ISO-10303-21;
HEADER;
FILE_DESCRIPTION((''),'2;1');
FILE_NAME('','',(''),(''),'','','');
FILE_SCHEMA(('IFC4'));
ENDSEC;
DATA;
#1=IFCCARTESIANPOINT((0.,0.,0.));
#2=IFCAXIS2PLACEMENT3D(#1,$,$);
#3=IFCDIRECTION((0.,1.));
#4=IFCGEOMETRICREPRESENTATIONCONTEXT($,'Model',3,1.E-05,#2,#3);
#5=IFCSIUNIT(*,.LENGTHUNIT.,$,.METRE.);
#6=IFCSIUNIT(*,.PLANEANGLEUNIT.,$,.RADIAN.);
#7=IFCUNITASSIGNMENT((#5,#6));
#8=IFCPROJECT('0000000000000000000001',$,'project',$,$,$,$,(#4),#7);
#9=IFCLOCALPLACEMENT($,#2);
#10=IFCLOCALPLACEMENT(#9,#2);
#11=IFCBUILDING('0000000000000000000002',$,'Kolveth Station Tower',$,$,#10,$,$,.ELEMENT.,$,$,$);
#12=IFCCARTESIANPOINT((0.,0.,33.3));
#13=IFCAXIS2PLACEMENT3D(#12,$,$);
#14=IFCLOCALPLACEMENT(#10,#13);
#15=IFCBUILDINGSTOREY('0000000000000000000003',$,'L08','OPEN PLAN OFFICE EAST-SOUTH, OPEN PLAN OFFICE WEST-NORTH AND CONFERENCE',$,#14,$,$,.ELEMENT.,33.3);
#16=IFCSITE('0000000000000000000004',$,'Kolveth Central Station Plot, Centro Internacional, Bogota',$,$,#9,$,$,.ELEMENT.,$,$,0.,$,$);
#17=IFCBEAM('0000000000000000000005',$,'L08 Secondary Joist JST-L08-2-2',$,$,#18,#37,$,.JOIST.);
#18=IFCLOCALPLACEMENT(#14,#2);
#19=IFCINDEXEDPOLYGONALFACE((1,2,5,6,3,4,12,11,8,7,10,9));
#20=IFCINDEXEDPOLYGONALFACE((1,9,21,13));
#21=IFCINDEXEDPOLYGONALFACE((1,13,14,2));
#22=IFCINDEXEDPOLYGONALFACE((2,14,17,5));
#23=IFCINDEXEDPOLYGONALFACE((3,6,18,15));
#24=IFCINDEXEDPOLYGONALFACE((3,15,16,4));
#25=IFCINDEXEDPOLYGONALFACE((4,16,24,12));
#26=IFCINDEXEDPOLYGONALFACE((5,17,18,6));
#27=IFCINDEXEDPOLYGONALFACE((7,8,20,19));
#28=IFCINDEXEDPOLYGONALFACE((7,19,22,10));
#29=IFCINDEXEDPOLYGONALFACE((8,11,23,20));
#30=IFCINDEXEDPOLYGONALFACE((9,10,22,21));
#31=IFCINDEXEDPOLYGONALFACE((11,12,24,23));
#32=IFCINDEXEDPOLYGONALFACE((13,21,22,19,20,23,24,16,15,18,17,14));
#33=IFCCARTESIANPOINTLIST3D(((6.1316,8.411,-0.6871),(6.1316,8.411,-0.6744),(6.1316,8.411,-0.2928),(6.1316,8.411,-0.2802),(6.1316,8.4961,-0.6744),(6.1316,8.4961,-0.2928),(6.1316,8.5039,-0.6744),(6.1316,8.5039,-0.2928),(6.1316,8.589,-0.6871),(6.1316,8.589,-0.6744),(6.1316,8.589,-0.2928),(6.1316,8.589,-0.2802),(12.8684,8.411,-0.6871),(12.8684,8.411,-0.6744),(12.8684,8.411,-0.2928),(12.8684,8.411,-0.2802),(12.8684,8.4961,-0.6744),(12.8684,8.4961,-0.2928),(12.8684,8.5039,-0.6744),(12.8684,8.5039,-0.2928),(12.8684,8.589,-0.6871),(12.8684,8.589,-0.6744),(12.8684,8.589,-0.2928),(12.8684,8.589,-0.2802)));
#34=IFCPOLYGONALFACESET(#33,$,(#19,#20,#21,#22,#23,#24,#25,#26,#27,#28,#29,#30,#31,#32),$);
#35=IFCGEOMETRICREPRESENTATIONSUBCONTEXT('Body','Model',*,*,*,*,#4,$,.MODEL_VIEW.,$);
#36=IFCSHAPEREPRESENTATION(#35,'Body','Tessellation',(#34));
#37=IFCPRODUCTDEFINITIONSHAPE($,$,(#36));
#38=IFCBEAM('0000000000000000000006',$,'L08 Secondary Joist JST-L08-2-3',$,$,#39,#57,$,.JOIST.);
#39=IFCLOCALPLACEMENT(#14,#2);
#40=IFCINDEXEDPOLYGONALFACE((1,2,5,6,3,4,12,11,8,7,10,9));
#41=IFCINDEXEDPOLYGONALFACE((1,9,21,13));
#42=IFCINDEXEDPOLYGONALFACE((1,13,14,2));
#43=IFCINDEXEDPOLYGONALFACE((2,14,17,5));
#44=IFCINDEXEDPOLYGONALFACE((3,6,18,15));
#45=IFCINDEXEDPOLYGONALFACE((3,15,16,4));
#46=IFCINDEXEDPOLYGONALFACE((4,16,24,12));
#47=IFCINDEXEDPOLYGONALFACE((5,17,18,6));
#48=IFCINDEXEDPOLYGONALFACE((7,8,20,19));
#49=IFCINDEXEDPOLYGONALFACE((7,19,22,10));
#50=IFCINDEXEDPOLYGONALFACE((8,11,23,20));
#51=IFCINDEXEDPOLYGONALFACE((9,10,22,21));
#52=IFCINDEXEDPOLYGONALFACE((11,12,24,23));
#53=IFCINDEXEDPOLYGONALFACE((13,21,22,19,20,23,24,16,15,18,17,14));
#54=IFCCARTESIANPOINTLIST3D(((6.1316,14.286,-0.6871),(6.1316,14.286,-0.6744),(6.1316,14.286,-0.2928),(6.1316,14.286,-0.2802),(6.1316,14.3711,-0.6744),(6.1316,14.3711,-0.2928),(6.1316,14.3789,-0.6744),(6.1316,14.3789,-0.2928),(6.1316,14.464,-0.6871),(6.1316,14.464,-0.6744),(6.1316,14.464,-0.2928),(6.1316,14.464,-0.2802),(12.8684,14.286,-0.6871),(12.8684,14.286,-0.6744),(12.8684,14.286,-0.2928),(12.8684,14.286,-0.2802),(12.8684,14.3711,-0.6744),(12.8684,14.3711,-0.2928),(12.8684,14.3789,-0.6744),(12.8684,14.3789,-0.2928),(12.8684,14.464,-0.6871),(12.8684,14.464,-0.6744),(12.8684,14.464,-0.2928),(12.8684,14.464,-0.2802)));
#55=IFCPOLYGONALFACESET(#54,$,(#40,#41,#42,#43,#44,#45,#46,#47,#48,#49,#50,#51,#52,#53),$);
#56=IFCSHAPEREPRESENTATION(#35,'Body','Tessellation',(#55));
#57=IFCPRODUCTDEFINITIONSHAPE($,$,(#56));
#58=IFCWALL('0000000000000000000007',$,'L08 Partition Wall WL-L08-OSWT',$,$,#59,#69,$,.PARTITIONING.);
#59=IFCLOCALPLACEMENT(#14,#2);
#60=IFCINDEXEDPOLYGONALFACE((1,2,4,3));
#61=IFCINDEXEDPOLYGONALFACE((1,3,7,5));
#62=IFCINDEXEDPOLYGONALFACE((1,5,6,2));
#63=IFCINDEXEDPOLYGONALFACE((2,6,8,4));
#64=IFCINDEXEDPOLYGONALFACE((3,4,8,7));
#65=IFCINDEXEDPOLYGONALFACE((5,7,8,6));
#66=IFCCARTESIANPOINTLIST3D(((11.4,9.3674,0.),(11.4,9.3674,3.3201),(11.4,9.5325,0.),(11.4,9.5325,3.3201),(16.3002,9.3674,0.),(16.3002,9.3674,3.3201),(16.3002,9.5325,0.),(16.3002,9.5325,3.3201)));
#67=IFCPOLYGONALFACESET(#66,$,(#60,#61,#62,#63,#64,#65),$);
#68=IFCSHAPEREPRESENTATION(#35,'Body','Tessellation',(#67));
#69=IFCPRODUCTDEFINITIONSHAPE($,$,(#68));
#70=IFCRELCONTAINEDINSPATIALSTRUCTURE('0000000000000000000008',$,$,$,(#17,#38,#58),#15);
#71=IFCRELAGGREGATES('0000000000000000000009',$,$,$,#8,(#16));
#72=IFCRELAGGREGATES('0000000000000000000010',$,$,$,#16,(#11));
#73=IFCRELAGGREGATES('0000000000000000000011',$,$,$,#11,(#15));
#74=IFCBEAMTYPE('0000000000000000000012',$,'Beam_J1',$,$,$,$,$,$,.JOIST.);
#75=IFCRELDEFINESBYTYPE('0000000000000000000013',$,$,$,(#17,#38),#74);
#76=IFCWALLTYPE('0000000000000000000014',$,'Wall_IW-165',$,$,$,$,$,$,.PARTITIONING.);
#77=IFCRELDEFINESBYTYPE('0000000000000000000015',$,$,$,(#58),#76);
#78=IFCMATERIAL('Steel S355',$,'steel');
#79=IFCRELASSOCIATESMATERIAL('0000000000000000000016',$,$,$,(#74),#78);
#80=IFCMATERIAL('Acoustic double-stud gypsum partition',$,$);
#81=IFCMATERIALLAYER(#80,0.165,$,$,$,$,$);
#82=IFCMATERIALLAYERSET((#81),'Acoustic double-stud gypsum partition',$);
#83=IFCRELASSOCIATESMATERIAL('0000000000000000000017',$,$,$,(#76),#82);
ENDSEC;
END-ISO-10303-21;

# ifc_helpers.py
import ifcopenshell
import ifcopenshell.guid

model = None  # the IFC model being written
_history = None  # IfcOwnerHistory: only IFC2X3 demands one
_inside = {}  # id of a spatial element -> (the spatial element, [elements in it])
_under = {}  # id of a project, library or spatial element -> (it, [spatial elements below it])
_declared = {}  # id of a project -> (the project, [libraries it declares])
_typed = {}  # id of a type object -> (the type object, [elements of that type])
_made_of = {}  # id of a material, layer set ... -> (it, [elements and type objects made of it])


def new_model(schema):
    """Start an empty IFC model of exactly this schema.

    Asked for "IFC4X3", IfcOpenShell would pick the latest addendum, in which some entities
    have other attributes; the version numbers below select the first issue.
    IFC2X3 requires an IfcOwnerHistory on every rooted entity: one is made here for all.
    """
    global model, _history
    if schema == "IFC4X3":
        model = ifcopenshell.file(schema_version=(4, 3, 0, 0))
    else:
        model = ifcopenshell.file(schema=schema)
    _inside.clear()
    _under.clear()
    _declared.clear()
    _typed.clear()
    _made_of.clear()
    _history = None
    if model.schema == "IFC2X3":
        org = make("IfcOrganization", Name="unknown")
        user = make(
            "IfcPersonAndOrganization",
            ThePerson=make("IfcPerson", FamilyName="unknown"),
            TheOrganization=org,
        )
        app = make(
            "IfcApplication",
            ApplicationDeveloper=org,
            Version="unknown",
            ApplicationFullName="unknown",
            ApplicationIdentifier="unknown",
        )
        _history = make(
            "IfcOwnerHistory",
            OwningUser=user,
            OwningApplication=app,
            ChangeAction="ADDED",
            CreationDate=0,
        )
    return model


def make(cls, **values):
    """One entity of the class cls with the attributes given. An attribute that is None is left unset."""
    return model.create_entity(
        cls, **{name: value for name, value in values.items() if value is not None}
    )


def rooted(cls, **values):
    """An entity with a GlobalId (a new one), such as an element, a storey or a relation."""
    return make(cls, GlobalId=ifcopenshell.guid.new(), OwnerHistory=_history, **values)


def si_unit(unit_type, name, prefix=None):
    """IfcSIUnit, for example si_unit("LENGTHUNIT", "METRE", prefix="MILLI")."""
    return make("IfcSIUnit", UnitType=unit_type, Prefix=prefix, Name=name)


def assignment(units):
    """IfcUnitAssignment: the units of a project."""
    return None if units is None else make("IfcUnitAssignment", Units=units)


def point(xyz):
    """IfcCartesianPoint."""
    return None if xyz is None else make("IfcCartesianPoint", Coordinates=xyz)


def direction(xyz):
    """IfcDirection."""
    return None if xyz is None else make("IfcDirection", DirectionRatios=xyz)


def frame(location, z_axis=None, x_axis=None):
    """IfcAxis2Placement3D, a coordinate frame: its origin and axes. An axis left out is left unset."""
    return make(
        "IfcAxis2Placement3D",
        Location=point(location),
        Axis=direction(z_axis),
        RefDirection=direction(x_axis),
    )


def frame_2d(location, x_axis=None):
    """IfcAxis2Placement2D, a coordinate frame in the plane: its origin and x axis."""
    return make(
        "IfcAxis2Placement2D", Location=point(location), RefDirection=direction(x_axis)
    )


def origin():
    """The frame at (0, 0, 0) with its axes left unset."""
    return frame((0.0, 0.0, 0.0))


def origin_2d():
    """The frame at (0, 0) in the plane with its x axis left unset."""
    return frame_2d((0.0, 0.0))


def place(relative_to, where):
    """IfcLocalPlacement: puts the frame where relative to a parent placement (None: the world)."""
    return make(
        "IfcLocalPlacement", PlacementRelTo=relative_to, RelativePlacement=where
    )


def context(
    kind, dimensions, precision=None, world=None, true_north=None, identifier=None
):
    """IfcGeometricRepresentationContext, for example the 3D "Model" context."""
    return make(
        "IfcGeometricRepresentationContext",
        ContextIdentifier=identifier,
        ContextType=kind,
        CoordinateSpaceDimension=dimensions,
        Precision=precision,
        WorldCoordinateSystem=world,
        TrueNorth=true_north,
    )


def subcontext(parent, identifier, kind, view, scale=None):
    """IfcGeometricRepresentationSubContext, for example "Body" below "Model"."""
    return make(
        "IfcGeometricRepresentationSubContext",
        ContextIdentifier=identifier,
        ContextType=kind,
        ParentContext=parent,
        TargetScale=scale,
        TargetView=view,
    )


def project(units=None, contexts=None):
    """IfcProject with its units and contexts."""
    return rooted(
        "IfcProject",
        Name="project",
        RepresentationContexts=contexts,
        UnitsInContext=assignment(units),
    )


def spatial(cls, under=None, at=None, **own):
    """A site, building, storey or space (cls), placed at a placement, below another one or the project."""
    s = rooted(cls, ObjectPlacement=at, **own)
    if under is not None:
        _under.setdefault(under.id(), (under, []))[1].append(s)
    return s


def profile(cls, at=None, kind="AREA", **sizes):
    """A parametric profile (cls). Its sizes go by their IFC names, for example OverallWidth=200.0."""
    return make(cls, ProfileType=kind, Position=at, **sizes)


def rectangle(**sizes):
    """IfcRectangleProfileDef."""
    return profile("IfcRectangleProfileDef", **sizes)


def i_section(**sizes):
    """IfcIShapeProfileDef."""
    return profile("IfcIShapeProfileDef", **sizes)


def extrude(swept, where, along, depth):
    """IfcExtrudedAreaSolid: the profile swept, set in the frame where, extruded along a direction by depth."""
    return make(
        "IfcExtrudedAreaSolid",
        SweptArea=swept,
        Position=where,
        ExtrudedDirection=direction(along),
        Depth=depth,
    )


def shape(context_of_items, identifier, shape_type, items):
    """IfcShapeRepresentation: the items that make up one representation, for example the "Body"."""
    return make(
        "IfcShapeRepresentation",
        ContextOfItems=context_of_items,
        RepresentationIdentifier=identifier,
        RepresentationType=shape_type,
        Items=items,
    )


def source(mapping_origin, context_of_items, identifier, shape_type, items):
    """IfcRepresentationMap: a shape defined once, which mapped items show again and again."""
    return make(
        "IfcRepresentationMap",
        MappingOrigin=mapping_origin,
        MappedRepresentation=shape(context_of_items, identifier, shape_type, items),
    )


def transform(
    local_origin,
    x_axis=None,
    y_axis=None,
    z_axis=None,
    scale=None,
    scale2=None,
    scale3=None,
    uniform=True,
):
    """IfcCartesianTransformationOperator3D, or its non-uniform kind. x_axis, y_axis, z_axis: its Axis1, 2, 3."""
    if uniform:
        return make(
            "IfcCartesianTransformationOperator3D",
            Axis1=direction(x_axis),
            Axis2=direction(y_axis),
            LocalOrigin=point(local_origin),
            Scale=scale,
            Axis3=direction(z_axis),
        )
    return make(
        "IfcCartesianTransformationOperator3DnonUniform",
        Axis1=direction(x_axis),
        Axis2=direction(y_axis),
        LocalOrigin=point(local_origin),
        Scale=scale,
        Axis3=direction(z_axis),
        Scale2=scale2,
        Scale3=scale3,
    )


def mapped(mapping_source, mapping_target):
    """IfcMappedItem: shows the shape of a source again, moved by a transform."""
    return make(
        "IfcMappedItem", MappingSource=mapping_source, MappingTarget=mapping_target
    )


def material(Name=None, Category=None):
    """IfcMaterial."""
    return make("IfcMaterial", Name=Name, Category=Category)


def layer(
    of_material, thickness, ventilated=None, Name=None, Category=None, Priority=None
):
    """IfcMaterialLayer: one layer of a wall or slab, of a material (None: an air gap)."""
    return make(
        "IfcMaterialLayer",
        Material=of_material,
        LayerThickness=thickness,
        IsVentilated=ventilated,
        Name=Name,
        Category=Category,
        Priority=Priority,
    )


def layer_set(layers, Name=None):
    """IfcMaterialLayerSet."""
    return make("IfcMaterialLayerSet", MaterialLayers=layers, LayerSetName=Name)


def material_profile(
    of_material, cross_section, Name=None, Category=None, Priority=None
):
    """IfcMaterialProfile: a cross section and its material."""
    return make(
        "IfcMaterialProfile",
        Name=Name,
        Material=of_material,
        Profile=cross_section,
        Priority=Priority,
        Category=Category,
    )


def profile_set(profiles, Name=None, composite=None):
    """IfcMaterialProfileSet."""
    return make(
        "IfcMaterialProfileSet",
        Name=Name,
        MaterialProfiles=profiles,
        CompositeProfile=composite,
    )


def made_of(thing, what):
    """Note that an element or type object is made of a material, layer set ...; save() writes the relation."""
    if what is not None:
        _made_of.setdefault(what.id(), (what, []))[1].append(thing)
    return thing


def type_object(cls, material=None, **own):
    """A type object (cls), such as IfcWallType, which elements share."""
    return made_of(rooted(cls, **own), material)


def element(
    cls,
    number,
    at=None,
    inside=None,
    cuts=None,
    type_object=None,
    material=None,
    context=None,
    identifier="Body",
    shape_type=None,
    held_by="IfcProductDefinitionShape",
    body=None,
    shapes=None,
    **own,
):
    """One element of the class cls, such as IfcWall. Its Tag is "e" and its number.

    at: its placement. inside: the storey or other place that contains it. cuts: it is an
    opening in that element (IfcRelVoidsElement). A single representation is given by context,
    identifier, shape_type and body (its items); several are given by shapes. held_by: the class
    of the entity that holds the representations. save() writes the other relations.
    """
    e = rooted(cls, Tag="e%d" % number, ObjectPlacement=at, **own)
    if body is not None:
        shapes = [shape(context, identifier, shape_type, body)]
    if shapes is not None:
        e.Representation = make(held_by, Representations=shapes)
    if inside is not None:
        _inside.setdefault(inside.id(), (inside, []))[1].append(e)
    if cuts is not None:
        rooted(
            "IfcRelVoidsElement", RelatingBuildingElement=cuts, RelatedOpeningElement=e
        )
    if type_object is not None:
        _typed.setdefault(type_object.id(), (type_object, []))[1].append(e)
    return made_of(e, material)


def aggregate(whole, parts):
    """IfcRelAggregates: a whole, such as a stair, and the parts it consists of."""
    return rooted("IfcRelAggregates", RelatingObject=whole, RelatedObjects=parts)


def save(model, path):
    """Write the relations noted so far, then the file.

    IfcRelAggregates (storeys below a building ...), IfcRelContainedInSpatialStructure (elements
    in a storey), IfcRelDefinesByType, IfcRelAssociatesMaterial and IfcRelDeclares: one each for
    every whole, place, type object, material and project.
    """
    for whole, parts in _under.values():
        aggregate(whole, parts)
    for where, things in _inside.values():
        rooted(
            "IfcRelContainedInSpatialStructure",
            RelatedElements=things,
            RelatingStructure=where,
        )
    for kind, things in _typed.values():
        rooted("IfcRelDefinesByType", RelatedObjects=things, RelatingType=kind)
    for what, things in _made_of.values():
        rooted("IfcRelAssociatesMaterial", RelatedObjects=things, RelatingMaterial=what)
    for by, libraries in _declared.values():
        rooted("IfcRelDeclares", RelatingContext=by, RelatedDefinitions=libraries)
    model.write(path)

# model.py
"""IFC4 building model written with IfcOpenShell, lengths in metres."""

from ifc_helpers import new_model, si_unit, direction, frame, frame_2d, origin, origin_2d, place, context, subcontext, project, spatial, rectangle, i_section, extrude, source, transform, mapped, material, layer, layer_set, material_profile, profile_set, type_object, element, save


model = new_model("IFC4")

# Units and contexts
model_context = context("Model", 3, precision=1e-05, world=origin(), true_north=direction((0.0, 1.0)))
body_context = subcontext(model_context, "Body", "Model", "MODEL_VIEW")
ifc_project = project(units=[si_unit("LENGTHUNIT", "METRE"), si_unit("PLANEANGLEUNIT", "RADIAN")], contexts=[model_context])

# Site, building, storey
site_placement = place(None, origin())
site = spatial("IfcSite", under=ifc_project, at=site_placement, Name="Kolveth Central Station Plot, Centro Internacional, Bogota", CompositionType="ELEMENT", RefElevation=0.0)
building_placement = place(site_placement, origin())
building = spatial("IfcBuilding", under=site, at=building_placement, Name="Kolveth Station Tower", CompositionType="ELEMENT")
storey_placement = place(building_placement, frame((0.0, 0.0, 33.3)))
storey = spatial("IfcBuildingStorey", under=building, at=storey_placement, Name="L08", Description="OPEN PLAN OFFICE EAST-SOUTH, OPEN PLAN OFFICE WEST-NORTH AND CONFERENCE", CompositionType="ELEMENT", Elevation=33.3)

# Beams
ifc_material_1 = material(Name="Steel S355", Category="steel")
ifc_material_profile_1 = material_profile(ifc_material_1, i_section(OverallWidth=0.178, OverallDepth=0.407, WebThickness=0.0078, FlangeThickness=0.0127, at=origin_2d()), Name="W410x60")
ifc_profile_set_1 = profile_set([ifc_material_profile_1], Name="Steel S355")
beam_type_1 = type_object("IfcBeamType", Name="Beam_J1", PredefinedType="JOIST", material=ifc_profile_set_1)
shared_shape_1 = source(origin(), body_context, "Body", "SweptSolid", [
    extrude(i_section(OverallWidth=0.178, OverallDepth=0.407, WebThickness=0.0078, FlangeThickness=0.0127, at=origin_2d()), origin(), (0.0, 0.0, 1.0), 6.7368),
])
for number, where, z_axis, x_axis, name in (
    (1, (6.1316, 8.5, -0.4836), (1.0, 0.0, 0.0), (0.0, 1.0, 0.0), "L08 Secondary Joist JST-L08-2-2"),
    (2, (6.1316, 14.375, -0.4836), (1.0, 0.0, 0.0), (0.0, 1.0, 0.0), "L08 Secondary Joist JST-L08-2-3"),
):
    element("IfcBeam", number, at=place(storey_placement, frame(where, z_axis=z_axis, x_axis=x_axis)), inside=storey, type_object=beam_type_1, Name=name, PredefinedType="JOIST", context=body_context, shape_type="MappedRepresentation", body=[
        mapped(shared_shape_1, transform((0.0, 0.0, 0.0), x_axis=(1.0, 0.0, 0.0), y_axis=(0.0, 1.0, 0.0), z_axis=(0.0, 0.0, 1.0), scale=1.0)),
    ])

# Wall
ifc_material_2 = material(Name="Acoustic double-stud gypsum partition")
ifc_layer = layer(ifc_material_2, 0.165)
ifc_layer_set = layer_set([ifc_layer], Name="Acoustic double-stud gypsum partition")
wall_type = type_object("IfcWallType", Name="Wall_IW-165", PredefinedType="PARTITIONING", material=ifc_layer_set)
wall_placement = place(storey_placement, frame((11.3999, 9.45, 0.0), z_axis=(0.0, 0.0, 1.0), x_axis=(1.0, 0.0, 0.0)))
element("IfcWall", 3, at=wall_placement, inside=storey, type_object=wall_type, Name="L08 Partition Wall WL-L08-OSWT", PredefinedType="PARTITIONING", context=body_context, shape_type="SweptSolid", body=[
    extrude(rectangle(XDim=4.9001, YDim=0.165, at=frame_2d((2.4502, 0.0))), origin(), (0.0, 0.0, 1.0), 3.3201),
])

save(model, "model.ifc")
